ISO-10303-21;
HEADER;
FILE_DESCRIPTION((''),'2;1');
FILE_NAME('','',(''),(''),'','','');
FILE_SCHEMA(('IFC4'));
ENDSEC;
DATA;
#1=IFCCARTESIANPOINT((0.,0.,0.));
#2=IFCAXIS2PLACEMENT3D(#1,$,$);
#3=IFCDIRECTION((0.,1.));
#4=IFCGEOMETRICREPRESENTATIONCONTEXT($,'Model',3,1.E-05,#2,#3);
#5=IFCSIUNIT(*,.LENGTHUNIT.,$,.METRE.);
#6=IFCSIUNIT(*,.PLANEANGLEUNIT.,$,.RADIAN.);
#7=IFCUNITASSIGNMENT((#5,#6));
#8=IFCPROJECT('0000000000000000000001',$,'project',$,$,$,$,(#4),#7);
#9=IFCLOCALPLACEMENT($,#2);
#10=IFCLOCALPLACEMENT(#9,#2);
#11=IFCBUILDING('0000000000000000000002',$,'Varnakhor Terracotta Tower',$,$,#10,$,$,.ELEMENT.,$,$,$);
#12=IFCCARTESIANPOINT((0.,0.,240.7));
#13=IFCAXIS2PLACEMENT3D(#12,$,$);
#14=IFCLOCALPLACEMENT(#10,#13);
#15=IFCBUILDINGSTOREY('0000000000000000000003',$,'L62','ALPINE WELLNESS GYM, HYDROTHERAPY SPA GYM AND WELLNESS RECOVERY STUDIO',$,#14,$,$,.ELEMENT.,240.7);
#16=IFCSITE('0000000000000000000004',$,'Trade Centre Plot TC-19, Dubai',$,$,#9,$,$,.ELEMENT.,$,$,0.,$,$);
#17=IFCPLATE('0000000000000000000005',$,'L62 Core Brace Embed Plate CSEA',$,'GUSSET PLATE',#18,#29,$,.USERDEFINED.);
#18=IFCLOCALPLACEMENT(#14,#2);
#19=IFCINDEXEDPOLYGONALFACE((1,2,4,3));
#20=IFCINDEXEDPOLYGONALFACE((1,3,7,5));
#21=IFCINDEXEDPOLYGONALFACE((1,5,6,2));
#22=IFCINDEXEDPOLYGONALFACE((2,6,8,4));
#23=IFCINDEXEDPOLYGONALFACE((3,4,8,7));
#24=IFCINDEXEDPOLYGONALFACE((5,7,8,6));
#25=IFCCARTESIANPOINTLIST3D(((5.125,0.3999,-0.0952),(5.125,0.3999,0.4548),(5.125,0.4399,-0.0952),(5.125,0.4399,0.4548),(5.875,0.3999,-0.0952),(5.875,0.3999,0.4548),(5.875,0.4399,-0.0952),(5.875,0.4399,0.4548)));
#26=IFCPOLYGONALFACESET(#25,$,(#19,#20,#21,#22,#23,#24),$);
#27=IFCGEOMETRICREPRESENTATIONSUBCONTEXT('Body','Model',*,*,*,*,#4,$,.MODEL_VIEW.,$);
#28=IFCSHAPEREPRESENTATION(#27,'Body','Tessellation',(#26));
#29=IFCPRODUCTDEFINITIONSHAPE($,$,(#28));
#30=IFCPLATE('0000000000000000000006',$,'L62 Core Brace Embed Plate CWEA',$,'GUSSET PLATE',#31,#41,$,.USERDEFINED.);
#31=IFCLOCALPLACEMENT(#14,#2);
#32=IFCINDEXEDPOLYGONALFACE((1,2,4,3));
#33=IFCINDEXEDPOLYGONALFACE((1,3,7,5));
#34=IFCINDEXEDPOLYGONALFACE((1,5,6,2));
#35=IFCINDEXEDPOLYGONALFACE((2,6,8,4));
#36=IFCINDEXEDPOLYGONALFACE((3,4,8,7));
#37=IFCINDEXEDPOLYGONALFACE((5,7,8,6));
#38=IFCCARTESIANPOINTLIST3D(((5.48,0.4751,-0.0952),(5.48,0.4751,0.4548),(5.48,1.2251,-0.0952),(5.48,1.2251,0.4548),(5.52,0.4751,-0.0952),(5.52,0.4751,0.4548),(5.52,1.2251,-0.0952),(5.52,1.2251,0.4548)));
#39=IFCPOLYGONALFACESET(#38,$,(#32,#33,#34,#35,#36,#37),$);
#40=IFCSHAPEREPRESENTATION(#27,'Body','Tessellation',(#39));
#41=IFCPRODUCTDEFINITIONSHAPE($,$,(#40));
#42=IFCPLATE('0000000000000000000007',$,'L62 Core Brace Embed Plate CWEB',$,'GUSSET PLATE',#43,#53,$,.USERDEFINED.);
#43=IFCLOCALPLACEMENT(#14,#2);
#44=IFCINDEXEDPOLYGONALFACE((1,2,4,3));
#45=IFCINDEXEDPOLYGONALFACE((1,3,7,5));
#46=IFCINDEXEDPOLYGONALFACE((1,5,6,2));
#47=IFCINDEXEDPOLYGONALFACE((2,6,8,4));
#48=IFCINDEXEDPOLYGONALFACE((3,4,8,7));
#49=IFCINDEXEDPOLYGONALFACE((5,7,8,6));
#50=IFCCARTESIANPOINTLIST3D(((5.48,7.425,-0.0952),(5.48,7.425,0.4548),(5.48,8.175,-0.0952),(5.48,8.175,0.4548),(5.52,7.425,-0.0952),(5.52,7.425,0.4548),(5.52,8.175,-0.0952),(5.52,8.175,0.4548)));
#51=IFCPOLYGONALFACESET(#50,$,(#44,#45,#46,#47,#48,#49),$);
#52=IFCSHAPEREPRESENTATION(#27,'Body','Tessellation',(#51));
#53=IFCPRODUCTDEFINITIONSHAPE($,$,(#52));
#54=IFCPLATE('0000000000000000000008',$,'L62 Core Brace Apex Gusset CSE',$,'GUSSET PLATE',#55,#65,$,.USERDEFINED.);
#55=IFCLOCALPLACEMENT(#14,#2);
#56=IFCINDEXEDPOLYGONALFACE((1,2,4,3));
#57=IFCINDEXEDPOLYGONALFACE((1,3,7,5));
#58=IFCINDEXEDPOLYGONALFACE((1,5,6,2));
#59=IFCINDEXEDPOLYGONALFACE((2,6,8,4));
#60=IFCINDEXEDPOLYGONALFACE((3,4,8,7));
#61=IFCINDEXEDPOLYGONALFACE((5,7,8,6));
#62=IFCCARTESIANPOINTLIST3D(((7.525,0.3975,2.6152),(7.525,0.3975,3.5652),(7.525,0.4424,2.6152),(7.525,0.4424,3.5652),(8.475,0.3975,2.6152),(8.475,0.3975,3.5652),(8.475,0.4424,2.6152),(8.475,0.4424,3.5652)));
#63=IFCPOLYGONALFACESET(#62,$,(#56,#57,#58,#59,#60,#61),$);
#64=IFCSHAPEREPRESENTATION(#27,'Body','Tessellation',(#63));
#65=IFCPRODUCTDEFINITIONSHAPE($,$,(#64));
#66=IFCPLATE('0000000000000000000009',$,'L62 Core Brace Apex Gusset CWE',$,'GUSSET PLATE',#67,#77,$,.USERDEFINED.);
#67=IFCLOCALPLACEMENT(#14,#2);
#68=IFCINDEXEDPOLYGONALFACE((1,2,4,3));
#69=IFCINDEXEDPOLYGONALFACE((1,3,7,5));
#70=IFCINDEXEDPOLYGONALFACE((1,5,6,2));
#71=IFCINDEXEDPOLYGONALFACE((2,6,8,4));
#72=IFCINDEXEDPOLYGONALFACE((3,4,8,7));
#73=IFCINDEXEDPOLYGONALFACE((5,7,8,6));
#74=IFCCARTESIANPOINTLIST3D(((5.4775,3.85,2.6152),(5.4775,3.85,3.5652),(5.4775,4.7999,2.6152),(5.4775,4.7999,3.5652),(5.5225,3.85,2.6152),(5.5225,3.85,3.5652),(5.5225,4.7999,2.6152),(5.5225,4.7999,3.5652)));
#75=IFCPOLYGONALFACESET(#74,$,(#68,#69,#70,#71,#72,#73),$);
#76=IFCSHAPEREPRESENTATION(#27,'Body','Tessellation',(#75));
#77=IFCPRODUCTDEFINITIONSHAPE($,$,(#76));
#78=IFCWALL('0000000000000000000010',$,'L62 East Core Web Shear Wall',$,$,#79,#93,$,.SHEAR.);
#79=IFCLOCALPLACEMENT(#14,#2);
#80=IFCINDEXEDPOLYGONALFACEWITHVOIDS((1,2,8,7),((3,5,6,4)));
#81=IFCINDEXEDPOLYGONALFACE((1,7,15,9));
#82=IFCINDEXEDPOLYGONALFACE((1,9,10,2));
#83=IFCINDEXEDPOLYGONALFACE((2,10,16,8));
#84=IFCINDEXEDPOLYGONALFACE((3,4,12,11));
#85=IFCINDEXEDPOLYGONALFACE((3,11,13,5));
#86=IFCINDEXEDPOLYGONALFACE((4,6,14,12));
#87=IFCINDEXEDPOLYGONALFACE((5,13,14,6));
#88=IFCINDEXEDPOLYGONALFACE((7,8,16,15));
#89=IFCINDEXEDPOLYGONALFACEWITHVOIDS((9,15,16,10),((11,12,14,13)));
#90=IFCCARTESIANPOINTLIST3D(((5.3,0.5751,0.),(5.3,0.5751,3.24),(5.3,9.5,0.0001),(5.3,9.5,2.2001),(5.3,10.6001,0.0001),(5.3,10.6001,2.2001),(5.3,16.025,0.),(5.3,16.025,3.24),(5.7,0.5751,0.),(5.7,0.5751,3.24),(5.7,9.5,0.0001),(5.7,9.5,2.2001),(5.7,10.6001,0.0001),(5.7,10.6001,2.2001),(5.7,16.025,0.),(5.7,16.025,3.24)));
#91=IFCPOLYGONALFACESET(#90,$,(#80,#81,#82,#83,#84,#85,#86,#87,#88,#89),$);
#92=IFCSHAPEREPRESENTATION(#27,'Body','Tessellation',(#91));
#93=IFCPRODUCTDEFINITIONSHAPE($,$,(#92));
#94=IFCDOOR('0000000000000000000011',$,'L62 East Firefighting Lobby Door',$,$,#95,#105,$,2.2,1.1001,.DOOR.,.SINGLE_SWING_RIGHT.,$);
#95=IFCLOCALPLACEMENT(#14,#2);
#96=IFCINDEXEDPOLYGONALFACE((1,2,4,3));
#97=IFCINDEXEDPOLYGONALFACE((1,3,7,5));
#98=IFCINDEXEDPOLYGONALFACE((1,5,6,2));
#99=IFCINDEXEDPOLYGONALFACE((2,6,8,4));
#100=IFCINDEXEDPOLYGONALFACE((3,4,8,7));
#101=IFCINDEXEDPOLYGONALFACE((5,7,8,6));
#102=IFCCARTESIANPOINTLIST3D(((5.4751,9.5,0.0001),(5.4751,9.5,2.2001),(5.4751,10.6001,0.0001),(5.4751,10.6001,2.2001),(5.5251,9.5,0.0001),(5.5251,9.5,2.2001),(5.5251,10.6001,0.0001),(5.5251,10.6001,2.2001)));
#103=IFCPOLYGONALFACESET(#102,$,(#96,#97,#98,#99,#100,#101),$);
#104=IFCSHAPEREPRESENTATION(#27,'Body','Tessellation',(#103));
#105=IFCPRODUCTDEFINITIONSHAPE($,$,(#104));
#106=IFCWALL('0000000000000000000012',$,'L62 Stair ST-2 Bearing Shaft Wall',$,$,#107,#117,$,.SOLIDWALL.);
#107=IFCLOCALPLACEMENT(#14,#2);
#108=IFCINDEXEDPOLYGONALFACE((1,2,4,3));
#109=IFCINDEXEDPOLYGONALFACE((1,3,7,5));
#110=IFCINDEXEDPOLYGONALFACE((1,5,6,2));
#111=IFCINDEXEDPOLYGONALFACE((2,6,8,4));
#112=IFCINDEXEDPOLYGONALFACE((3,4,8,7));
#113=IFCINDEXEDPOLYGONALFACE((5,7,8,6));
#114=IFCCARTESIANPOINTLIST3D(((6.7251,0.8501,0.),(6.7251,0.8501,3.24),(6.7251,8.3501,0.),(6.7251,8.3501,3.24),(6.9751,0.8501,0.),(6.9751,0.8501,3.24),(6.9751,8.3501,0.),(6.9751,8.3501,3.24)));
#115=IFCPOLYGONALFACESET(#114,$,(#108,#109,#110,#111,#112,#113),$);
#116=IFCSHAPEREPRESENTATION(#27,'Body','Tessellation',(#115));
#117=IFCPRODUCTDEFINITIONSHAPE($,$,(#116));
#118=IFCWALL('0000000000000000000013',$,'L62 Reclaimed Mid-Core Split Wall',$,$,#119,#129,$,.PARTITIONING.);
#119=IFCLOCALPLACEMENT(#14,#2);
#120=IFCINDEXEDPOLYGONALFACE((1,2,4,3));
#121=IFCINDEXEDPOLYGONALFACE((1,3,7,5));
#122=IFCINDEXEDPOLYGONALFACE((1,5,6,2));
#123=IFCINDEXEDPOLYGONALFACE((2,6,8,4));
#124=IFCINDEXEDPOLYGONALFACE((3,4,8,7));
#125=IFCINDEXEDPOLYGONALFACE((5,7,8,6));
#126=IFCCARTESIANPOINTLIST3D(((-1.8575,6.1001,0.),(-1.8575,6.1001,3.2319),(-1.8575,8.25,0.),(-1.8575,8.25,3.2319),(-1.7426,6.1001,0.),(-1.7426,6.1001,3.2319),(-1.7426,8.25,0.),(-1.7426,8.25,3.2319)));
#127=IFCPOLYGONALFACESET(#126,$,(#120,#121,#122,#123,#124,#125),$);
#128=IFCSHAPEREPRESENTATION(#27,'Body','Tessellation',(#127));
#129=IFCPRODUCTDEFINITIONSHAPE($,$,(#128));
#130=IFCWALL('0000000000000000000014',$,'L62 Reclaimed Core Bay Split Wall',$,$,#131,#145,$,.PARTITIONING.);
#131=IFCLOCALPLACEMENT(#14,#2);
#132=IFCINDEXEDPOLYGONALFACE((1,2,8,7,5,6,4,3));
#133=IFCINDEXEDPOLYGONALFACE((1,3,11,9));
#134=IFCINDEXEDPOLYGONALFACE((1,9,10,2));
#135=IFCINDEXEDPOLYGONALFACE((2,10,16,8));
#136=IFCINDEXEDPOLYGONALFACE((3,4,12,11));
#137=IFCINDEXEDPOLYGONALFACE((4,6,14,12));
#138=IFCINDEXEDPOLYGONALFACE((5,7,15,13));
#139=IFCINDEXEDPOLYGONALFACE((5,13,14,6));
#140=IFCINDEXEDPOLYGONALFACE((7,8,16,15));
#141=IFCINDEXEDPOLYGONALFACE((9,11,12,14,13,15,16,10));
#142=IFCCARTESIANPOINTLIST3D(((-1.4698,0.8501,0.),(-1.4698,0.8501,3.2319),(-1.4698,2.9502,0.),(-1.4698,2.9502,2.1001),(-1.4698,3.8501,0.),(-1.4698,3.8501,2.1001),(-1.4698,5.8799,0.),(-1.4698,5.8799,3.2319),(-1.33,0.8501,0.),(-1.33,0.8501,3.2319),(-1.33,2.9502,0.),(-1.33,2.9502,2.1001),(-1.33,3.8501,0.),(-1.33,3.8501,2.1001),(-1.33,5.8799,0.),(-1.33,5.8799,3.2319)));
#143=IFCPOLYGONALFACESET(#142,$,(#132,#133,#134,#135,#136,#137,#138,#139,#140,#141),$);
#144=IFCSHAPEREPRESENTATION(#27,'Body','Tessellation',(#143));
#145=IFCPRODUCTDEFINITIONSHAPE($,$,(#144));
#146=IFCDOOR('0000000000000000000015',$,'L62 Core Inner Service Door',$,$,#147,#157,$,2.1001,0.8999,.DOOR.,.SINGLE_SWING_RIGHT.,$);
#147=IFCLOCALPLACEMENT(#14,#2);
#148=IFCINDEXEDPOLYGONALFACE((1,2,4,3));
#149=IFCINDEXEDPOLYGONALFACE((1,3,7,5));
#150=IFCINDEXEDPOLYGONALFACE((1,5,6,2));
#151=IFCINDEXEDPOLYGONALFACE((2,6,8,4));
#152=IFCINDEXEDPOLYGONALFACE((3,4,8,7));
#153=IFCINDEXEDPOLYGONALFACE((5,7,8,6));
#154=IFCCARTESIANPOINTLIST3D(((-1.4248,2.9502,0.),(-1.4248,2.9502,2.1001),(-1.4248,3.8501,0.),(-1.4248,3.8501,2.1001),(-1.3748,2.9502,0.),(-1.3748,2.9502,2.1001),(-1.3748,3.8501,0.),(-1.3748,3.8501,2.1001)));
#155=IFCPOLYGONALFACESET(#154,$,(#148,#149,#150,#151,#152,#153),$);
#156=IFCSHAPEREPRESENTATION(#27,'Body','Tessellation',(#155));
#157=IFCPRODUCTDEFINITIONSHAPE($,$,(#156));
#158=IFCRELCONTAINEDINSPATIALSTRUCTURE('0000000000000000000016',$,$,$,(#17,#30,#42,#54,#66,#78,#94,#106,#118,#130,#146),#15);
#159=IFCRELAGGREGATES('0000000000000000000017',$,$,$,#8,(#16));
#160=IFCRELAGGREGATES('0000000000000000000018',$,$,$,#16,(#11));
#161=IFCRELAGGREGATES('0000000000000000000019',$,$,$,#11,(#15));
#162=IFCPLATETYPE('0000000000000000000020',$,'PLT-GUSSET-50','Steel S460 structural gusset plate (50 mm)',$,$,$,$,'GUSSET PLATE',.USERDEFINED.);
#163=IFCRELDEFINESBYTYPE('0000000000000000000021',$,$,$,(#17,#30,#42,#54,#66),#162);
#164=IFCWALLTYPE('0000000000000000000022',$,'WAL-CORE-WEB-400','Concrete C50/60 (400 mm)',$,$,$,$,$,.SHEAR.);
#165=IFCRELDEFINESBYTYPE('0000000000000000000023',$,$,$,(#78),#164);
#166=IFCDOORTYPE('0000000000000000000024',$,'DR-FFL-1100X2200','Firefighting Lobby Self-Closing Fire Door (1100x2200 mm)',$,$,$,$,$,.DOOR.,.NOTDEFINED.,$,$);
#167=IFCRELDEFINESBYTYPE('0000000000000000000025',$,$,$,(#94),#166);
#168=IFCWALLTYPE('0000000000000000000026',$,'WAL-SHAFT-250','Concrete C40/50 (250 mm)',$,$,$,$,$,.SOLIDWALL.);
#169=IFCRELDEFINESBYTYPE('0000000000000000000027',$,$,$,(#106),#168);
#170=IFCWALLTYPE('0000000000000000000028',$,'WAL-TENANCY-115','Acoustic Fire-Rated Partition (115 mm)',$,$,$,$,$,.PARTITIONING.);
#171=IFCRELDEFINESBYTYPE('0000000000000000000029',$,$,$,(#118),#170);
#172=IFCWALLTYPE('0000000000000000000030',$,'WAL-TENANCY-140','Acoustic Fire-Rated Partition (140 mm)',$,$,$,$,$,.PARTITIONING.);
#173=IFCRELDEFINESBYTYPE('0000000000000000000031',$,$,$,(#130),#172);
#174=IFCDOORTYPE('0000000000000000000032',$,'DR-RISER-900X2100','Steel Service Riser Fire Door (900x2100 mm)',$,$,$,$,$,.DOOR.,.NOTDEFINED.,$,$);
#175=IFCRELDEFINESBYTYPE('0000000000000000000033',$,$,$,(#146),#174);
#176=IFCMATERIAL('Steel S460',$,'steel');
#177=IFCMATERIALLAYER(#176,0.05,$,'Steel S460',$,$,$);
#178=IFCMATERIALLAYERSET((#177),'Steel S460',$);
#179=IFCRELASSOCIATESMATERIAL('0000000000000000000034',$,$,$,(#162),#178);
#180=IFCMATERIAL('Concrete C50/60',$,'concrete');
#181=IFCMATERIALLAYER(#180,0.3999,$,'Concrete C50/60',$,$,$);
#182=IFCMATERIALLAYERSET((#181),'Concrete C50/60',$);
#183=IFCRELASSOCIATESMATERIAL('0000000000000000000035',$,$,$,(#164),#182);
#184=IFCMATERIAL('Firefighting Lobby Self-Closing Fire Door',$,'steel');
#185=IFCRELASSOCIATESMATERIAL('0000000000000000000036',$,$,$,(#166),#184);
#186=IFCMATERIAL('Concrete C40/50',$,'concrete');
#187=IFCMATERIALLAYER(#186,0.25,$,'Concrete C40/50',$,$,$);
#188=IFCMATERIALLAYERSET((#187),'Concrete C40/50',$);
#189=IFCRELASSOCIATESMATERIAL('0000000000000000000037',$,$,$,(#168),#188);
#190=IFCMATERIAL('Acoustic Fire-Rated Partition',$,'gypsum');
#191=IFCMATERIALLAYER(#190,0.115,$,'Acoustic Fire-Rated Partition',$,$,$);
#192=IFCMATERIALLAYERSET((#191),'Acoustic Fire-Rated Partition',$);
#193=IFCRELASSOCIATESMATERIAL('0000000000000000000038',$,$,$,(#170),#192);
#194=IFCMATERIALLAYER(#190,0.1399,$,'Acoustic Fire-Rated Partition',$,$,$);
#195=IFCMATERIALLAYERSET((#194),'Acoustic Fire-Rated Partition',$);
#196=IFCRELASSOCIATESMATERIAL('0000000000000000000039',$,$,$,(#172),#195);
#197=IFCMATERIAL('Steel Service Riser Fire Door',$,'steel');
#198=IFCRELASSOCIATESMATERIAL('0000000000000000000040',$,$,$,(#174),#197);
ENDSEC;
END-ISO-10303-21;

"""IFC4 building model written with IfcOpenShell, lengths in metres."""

from ifc_helpers import new_model, si_unit, direction, frame, frame_2d, origin, origin_2d, place, context, subcontext, project, spatial, rectangle, extrude, source, transform, mapped, material, layer, layer_set, type_object, type_shapes, element, fill, save


model = new_model("IFC4")

# Units and contexts
model_context = context("Model", 3, precision=1e-05, world=origin(), true_north=direction((0.0, 1.0)))
body_context = subcontext(model_context, "Body", "Model", "MODEL_VIEW")
ifc_project = project(units=[si_unit("LENGTHUNIT", "METRE"), si_unit("PLANEANGLEUNIT", "RADIAN")], contexts=[model_context])

# Site, building, storey
site_placement = place(None, origin())
site = spatial("IfcSite", under=ifc_project, at=site_placement, Name="Trade Centre Plot TC-19, Dubai", CompositionType="ELEMENT", RefElevation=0.0)
building_placement = place(site_placement, origin())
building = spatial("IfcBuilding", under=site, at=building_placement, Name="Varnakhor Terracotta Tower", CompositionType="ELEMENT")
storey_placement = place(building_placement, frame((0.0, 0.0, 240.7)))
storey = spatial("IfcBuildingStorey", under=building, at=storey_placement, Name="L62", Description="ALPINE WELLNESS GYM, HYDROTHERAPY SPA GYM AND WELLNESS RECOVERY STUDIO", CompositionType="ELEMENT", Elevation=240.7)

# Shared definitions
ifc_material_1 = material(Name="Concrete C50/60", Category="concrete")

# Shared definitions
ifc_material_2 = material(Name="Concrete C40/50", Category="concrete")

# Plates
ifc_material_3 = material(Name="Steel S460", Category="steel")
ifc_layer_1 = layer(ifc_material_3, 0.05, Name="Steel S460")
ifc_layer_set_1 = layer_set([ifc_layer_1], Name="Steel S460")
plate_type = type_object("IfcPlateType", Name="PLT-GUSSET-50", Description="Steel S460 structural gusset plate (50 mm)", ElementType="GUSSET PLATE", PredefinedType="USERDEFINED", material=ifc_layer_set_1)
shared_shape_1 = source(origin(), body_context, "Body", "SweptSolid", [
    extrude(rectangle(XDim=0.75, YDim=0.04, at=origin_2d()), origin(), (0.0, 0.0, 1.0), 0.55),
])
type_shapes(plate_type, [shared_shape_1])
for number, where, z_axis, x_axis, name in (
    (1, (5.5, 0.4199, -0.0952), (0.0, 0.0, 1.0), (1.0, 0.0, 0.0), "L62 Core Brace Embed Plate CSEA"),
    (2, (5.5, 0.8501, -0.0952), (0.0, 0.0, 1.0), (0.0, 1.0, 0.0), "L62 Core Brace Embed Plate CWEA"),
    (3, (5.5, 7.8, -0.0952), (0.0, 0.0, 1.0), (0.0, 1.0, 0.0), "L62 Core Brace Embed Plate CWEB"),
):
    element("IfcPlate", number, at=place(storey_placement, frame(where, z_axis=z_axis, x_axis=x_axis)), inside=storey, type_object=plate_type, Name=name, ObjectType="GUSSET PLATE", PredefinedType="USERDEFINED", context=body_context, shape_type="MappedRepresentation", body=[
        mapped(shared_shape_1, transform((0.0, 0.0, 0.0), scale=1.0)),
    ])
shared_shape_2 = source(origin(), body_context, "Body", "SweptSolid", [
    extrude(rectangle(XDim=0.95, YDim=0.0449, at=origin_2d()), origin(), (0.0, 0.0, 1.0), 0.95),
])
for number, where, z_axis, x_axis, name in (
    (4, (8.0, 0.4199, 2.6152), (0.0, 0.0, 1.0), (1.0, 0.0, 0.0), "L62 Core Brace Apex Gusset CSE"),
    (5, (5.5, 4.325, 2.6152), (0.0, 0.0, 1.0), (0.0, 1.0, 0.0), "L62 Core Brace Apex Gusset CWE"),
):
    element("IfcPlate", number, at=place(storey_placement, frame(where, z_axis=z_axis, x_axis=x_axis)), inside=storey, type_object=plate_type, Name=name, ObjectType="GUSSET PLATE", PredefinedType="USERDEFINED", context=body_context, shape_type="MappedRepresentation", body=[
        mapped(shared_shape_2, transform((0.0, 0.0, 0.0), scale=1.0)),
    ])

# Wall, opening, door
ifc_layer_2 = layer(ifc_material_1, 0.3999, Name="Concrete C50/60")
ifc_layer_set_2 = layer_set([ifc_layer_2], Name="Concrete C50/60")
wall_type_1 = type_object("IfcWallType", Name="WAL-CORE-WEB-400", Description="Concrete C50/60 (400 mm)", PredefinedType="SHEAR", material=ifc_layer_set_2)
wall_1_placement = place(storey_placement, frame((5.5, 0.575, 0.0), z_axis=(0.0, 0.0, 1.0), x_axis=(0.0, 1.0, 0.0)))
wall_1 = element("IfcWall", 6, at=wall_1_placement, inside=storey, type_object=wall_type_1, Name="L62 East Core Web Shear Wall", PredefinedType="SHEAR", context=body_context, shape_type="SweptSolid", body=[
    extrude(rectangle(XDim=15.45, YDim=0.3999, at=frame_2d((7.7251, 0.0))), origin(), (0.0, 0.0, 1.0), 3.24),
])
opening_1_placement = place(wall_1_placement, frame((8.925, 0.0, 0.0)))
opening_1 = element("IfcOpeningElement", 7, at=opening_1_placement, cuts=wall_1, PredefinedType="OPENING", context=body_context, shape_type="SweptSolid", body=[
    extrude(rectangle(XDim=1.1001, YDim=2.2, at=frame_2d((0.55, 1.1001))), frame((0.0, 0.21, 0.0), z_axis=(0.0, -1.0, 0.0), x_axis=(1.0, 0.0, 0.0)), (0.0, 0.0, 1.0), 0.4199),
])
ifc_material_4 = material(Name="Firefighting Lobby Self-Closing Fire Door", Category="steel")
door_type_1 = type_object("IfcDoorType", Name="DR-FFL-1100X2200", Description="Firefighting Lobby Self-Closing Fire Door (1100x2200 mm)", OperationType="NOTDEFINED", PredefinedType="DOOR", material=ifc_material_4)
shared_shape_3 = source(origin(), body_context, "Body", "SweptSolid", [
    extrude(rectangle(XDim=1.1001, YDim=2.2, at=frame_2d((0.55, 1.1001))), frame((0.0, 0.0249, 0.0), z_axis=(0.0, -1.0, 0.0), x_axis=(1.0, 0.0, 0.0)), (0.0, 0.0, 1.0), 0.05),
])
type_shapes(door_type_1, [shared_shape_3])
door_1_placement = place(opening_1_placement, origin())
door_1 = element("IfcDoor", 8, at=door_1_placement, inside=storey, type_object=door_type_1, Name="L62 East Firefighting Lobby Door", OperationType="SINGLE_SWING_RIGHT", OverallHeight=2.2, OverallWidth=1.1001, PredefinedType="DOOR", context=body_context, shape_type="MappedRepresentation", body=[
    mapped(shared_shape_3, transform((0.0, 0.0, 0.0), scale=1.0)),
])
fill(opening_1, door_1)

# Walls
ifc_layer_3 = layer(ifc_material_2, 0.25, Name="Concrete C40/50")
ifc_layer_set_3 = layer_set([ifc_layer_3], Name="Concrete C40/50")
wall_type_2 = type_object("IfcWallType", Name="WAL-SHAFT-250", Description="Concrete C40/50 (250 mm)", PredefinedType="SOLIDWALL", material=ifc_layer_set_3)
wall_2_placement = place(storey_placement, frame((6.8501, 0.8501, 0.0), z_axis=(0.0, 0.0, 1.0), x_axis=(0.0, 1.0, 0.0)))
element("IfcWall", 9, at=wall_2_placement, inside=storey, type_object=wall_type_2, Name="L62 Stair ST-2 Bearing Shaft Wall", PredefinedType="SOLIDWALL", context=body_context, shape_type="SweptSolid", body=[
    extrude(rectangle(XDim=7.5, YDim=0.25, at=frame_2d((3.75, 0.0))), origin(), (0.0, 0.0, 1.0), 3.24),
])
ifc_material_5 = material(Name="Acoustic Fire-Rated Partition", Category="gypsum")
ifc_layer_4 = layer(ifc_material_5, 0.115, Name="Acoustic Fire-Rated Partition")
ifc_layer_set_4 = layer_set([ifc_layer_4], Name="Acoustic Fire-Rated Partition")
wall_type_3 = type_object("IfcWallType", Name="WAL-TENANCY-115", Description="Acoustic Fire-Rated Partition (115 mm)", PredefinedType="PARTITIONING", material=ifc_layer_set_4)
wall_3_placement = place(storey_placement, frame((-1.8, 6.1001, 0.0), z_axis=(0.0, 0.0, 1.0), x_axis=(0.0, 1.0, 0.0)))
element("IfcWall", 10, at=wall_3_placement, inside=storey, type_object=wall_type_3, Name="L62 Reclaimed Mid-Core Split Wall", PredefinedType="PARTITIONING", context=body_context, shape_type="SweptSolid", body=[
    extrude(rectangle(XDim=2.1499, YDim=0.115, at=frame_2d((1.075, 0.0))), origin(), (0.0, 0.0, 1.0), 3.2319),
])

# Wall, opening, door
ifc_layer_5 = layer(ifc_material_5, 0.1399, Name="Acoustic Fire-Rated Partition")
ifc_layer_set_5 = layer_set([ifc_layer_5], Name="Acoustic Fire-Rated Partition")
wall_type_4 = type_object("IfcWallType", Name="WAL-TENANCY-140", Description="Acoustic Fire-Rated Partition (140 mm)", PredefinedType="PARTITIONING", material=ifc_layer_set_5)
wall_4_placement = place(storey_placement, frame((-1.3999, 0.8501, 0.0), z_axis=(0.0, 0.0, 1.0), x_axis=(0.0, 1.0, 0.0)))
wall_4 = element("IfcWall", 11, at=wall_4_placement, inside=storey, type_object=wall_type_4, Name="L62 Reclaimed Core Bay Split Wall", PredefinedType="PARTITIONING", context=body_context, shape_type="SweptSolid", body=[
    extrude(rectangle(XDim=5.0298, YDim=0.1399, at=frame_2d((2.5149, 0.0))), origin(), (0.0, 0.0, 1.0), 3.2319),
])
opening_2_placement = place(wall_4_placement, frame((2.1001, 0.0, 0.0)))
opening_2 = element("IfcOpeningElement", 12, at=opening_2_placement, cuts=wall_4, PredefinedType="OPENING", context=body_context, shape_type="SweptSolid", body=[
    extrude(rectangle(XDim=0.8999, YDim=2.1001, at=frame_2d((0.45, 1.05))), frame((0.0, 0.0801, 0.0), z_axis=(0.0, -1.0, 0.0), x_axis=(1.0, 0.0, 0.0)), (0.0, 0.0, 1.0), 0.1599),
])
ifc_material_6 = material(Name="Steel Service Riser Fire Door", Category="steel")
door_type_2 = type_object("IfcDoorType", Name="DR-RISER-900X2100", Description="Steel Service Riser Fire Door (900x2100 mm)", OperationType="NOTDEFINED", PredefinedType="DOOR", material=ifc_material_6)
shared_shape_4 = source(origin(), body_context, "Body", "SweptSolid", [
    extrude(rectangle(XDim=0.8999, YDim=2.1001, at=frame_2d((0.45, 1.05))), frame((0.0, 0.0249, 0.0), z_axis=(0.0, -1.0, 0.0), x_axis=(1.0, 0.0, 0.0)), (0.0, 0.0, 1.0), 0.05),
])
type_shapes(door_type_2, [shared_shape_4])
door_2_placement = place(opening_2_placement, origin())
door_2 = element("IfcDoor", 13, at=door_2_placement, inside=storey, type_object=door_type_2, Name="L62 Core Inner Service Door", OperationType="SINGLE_SWING_RIGHT", OverallHeight=2.1001, OverallWidth=0.8999, PredefinedType="DOOR", context=body_context, shape_type="MappedRepresentation", body=[
    mapped(shared_shape_4, transform((0.0, 0.0, 0.0), scale=1.0)),
])
fill(opening_2, door_2)

save(model, "model.ifc")
